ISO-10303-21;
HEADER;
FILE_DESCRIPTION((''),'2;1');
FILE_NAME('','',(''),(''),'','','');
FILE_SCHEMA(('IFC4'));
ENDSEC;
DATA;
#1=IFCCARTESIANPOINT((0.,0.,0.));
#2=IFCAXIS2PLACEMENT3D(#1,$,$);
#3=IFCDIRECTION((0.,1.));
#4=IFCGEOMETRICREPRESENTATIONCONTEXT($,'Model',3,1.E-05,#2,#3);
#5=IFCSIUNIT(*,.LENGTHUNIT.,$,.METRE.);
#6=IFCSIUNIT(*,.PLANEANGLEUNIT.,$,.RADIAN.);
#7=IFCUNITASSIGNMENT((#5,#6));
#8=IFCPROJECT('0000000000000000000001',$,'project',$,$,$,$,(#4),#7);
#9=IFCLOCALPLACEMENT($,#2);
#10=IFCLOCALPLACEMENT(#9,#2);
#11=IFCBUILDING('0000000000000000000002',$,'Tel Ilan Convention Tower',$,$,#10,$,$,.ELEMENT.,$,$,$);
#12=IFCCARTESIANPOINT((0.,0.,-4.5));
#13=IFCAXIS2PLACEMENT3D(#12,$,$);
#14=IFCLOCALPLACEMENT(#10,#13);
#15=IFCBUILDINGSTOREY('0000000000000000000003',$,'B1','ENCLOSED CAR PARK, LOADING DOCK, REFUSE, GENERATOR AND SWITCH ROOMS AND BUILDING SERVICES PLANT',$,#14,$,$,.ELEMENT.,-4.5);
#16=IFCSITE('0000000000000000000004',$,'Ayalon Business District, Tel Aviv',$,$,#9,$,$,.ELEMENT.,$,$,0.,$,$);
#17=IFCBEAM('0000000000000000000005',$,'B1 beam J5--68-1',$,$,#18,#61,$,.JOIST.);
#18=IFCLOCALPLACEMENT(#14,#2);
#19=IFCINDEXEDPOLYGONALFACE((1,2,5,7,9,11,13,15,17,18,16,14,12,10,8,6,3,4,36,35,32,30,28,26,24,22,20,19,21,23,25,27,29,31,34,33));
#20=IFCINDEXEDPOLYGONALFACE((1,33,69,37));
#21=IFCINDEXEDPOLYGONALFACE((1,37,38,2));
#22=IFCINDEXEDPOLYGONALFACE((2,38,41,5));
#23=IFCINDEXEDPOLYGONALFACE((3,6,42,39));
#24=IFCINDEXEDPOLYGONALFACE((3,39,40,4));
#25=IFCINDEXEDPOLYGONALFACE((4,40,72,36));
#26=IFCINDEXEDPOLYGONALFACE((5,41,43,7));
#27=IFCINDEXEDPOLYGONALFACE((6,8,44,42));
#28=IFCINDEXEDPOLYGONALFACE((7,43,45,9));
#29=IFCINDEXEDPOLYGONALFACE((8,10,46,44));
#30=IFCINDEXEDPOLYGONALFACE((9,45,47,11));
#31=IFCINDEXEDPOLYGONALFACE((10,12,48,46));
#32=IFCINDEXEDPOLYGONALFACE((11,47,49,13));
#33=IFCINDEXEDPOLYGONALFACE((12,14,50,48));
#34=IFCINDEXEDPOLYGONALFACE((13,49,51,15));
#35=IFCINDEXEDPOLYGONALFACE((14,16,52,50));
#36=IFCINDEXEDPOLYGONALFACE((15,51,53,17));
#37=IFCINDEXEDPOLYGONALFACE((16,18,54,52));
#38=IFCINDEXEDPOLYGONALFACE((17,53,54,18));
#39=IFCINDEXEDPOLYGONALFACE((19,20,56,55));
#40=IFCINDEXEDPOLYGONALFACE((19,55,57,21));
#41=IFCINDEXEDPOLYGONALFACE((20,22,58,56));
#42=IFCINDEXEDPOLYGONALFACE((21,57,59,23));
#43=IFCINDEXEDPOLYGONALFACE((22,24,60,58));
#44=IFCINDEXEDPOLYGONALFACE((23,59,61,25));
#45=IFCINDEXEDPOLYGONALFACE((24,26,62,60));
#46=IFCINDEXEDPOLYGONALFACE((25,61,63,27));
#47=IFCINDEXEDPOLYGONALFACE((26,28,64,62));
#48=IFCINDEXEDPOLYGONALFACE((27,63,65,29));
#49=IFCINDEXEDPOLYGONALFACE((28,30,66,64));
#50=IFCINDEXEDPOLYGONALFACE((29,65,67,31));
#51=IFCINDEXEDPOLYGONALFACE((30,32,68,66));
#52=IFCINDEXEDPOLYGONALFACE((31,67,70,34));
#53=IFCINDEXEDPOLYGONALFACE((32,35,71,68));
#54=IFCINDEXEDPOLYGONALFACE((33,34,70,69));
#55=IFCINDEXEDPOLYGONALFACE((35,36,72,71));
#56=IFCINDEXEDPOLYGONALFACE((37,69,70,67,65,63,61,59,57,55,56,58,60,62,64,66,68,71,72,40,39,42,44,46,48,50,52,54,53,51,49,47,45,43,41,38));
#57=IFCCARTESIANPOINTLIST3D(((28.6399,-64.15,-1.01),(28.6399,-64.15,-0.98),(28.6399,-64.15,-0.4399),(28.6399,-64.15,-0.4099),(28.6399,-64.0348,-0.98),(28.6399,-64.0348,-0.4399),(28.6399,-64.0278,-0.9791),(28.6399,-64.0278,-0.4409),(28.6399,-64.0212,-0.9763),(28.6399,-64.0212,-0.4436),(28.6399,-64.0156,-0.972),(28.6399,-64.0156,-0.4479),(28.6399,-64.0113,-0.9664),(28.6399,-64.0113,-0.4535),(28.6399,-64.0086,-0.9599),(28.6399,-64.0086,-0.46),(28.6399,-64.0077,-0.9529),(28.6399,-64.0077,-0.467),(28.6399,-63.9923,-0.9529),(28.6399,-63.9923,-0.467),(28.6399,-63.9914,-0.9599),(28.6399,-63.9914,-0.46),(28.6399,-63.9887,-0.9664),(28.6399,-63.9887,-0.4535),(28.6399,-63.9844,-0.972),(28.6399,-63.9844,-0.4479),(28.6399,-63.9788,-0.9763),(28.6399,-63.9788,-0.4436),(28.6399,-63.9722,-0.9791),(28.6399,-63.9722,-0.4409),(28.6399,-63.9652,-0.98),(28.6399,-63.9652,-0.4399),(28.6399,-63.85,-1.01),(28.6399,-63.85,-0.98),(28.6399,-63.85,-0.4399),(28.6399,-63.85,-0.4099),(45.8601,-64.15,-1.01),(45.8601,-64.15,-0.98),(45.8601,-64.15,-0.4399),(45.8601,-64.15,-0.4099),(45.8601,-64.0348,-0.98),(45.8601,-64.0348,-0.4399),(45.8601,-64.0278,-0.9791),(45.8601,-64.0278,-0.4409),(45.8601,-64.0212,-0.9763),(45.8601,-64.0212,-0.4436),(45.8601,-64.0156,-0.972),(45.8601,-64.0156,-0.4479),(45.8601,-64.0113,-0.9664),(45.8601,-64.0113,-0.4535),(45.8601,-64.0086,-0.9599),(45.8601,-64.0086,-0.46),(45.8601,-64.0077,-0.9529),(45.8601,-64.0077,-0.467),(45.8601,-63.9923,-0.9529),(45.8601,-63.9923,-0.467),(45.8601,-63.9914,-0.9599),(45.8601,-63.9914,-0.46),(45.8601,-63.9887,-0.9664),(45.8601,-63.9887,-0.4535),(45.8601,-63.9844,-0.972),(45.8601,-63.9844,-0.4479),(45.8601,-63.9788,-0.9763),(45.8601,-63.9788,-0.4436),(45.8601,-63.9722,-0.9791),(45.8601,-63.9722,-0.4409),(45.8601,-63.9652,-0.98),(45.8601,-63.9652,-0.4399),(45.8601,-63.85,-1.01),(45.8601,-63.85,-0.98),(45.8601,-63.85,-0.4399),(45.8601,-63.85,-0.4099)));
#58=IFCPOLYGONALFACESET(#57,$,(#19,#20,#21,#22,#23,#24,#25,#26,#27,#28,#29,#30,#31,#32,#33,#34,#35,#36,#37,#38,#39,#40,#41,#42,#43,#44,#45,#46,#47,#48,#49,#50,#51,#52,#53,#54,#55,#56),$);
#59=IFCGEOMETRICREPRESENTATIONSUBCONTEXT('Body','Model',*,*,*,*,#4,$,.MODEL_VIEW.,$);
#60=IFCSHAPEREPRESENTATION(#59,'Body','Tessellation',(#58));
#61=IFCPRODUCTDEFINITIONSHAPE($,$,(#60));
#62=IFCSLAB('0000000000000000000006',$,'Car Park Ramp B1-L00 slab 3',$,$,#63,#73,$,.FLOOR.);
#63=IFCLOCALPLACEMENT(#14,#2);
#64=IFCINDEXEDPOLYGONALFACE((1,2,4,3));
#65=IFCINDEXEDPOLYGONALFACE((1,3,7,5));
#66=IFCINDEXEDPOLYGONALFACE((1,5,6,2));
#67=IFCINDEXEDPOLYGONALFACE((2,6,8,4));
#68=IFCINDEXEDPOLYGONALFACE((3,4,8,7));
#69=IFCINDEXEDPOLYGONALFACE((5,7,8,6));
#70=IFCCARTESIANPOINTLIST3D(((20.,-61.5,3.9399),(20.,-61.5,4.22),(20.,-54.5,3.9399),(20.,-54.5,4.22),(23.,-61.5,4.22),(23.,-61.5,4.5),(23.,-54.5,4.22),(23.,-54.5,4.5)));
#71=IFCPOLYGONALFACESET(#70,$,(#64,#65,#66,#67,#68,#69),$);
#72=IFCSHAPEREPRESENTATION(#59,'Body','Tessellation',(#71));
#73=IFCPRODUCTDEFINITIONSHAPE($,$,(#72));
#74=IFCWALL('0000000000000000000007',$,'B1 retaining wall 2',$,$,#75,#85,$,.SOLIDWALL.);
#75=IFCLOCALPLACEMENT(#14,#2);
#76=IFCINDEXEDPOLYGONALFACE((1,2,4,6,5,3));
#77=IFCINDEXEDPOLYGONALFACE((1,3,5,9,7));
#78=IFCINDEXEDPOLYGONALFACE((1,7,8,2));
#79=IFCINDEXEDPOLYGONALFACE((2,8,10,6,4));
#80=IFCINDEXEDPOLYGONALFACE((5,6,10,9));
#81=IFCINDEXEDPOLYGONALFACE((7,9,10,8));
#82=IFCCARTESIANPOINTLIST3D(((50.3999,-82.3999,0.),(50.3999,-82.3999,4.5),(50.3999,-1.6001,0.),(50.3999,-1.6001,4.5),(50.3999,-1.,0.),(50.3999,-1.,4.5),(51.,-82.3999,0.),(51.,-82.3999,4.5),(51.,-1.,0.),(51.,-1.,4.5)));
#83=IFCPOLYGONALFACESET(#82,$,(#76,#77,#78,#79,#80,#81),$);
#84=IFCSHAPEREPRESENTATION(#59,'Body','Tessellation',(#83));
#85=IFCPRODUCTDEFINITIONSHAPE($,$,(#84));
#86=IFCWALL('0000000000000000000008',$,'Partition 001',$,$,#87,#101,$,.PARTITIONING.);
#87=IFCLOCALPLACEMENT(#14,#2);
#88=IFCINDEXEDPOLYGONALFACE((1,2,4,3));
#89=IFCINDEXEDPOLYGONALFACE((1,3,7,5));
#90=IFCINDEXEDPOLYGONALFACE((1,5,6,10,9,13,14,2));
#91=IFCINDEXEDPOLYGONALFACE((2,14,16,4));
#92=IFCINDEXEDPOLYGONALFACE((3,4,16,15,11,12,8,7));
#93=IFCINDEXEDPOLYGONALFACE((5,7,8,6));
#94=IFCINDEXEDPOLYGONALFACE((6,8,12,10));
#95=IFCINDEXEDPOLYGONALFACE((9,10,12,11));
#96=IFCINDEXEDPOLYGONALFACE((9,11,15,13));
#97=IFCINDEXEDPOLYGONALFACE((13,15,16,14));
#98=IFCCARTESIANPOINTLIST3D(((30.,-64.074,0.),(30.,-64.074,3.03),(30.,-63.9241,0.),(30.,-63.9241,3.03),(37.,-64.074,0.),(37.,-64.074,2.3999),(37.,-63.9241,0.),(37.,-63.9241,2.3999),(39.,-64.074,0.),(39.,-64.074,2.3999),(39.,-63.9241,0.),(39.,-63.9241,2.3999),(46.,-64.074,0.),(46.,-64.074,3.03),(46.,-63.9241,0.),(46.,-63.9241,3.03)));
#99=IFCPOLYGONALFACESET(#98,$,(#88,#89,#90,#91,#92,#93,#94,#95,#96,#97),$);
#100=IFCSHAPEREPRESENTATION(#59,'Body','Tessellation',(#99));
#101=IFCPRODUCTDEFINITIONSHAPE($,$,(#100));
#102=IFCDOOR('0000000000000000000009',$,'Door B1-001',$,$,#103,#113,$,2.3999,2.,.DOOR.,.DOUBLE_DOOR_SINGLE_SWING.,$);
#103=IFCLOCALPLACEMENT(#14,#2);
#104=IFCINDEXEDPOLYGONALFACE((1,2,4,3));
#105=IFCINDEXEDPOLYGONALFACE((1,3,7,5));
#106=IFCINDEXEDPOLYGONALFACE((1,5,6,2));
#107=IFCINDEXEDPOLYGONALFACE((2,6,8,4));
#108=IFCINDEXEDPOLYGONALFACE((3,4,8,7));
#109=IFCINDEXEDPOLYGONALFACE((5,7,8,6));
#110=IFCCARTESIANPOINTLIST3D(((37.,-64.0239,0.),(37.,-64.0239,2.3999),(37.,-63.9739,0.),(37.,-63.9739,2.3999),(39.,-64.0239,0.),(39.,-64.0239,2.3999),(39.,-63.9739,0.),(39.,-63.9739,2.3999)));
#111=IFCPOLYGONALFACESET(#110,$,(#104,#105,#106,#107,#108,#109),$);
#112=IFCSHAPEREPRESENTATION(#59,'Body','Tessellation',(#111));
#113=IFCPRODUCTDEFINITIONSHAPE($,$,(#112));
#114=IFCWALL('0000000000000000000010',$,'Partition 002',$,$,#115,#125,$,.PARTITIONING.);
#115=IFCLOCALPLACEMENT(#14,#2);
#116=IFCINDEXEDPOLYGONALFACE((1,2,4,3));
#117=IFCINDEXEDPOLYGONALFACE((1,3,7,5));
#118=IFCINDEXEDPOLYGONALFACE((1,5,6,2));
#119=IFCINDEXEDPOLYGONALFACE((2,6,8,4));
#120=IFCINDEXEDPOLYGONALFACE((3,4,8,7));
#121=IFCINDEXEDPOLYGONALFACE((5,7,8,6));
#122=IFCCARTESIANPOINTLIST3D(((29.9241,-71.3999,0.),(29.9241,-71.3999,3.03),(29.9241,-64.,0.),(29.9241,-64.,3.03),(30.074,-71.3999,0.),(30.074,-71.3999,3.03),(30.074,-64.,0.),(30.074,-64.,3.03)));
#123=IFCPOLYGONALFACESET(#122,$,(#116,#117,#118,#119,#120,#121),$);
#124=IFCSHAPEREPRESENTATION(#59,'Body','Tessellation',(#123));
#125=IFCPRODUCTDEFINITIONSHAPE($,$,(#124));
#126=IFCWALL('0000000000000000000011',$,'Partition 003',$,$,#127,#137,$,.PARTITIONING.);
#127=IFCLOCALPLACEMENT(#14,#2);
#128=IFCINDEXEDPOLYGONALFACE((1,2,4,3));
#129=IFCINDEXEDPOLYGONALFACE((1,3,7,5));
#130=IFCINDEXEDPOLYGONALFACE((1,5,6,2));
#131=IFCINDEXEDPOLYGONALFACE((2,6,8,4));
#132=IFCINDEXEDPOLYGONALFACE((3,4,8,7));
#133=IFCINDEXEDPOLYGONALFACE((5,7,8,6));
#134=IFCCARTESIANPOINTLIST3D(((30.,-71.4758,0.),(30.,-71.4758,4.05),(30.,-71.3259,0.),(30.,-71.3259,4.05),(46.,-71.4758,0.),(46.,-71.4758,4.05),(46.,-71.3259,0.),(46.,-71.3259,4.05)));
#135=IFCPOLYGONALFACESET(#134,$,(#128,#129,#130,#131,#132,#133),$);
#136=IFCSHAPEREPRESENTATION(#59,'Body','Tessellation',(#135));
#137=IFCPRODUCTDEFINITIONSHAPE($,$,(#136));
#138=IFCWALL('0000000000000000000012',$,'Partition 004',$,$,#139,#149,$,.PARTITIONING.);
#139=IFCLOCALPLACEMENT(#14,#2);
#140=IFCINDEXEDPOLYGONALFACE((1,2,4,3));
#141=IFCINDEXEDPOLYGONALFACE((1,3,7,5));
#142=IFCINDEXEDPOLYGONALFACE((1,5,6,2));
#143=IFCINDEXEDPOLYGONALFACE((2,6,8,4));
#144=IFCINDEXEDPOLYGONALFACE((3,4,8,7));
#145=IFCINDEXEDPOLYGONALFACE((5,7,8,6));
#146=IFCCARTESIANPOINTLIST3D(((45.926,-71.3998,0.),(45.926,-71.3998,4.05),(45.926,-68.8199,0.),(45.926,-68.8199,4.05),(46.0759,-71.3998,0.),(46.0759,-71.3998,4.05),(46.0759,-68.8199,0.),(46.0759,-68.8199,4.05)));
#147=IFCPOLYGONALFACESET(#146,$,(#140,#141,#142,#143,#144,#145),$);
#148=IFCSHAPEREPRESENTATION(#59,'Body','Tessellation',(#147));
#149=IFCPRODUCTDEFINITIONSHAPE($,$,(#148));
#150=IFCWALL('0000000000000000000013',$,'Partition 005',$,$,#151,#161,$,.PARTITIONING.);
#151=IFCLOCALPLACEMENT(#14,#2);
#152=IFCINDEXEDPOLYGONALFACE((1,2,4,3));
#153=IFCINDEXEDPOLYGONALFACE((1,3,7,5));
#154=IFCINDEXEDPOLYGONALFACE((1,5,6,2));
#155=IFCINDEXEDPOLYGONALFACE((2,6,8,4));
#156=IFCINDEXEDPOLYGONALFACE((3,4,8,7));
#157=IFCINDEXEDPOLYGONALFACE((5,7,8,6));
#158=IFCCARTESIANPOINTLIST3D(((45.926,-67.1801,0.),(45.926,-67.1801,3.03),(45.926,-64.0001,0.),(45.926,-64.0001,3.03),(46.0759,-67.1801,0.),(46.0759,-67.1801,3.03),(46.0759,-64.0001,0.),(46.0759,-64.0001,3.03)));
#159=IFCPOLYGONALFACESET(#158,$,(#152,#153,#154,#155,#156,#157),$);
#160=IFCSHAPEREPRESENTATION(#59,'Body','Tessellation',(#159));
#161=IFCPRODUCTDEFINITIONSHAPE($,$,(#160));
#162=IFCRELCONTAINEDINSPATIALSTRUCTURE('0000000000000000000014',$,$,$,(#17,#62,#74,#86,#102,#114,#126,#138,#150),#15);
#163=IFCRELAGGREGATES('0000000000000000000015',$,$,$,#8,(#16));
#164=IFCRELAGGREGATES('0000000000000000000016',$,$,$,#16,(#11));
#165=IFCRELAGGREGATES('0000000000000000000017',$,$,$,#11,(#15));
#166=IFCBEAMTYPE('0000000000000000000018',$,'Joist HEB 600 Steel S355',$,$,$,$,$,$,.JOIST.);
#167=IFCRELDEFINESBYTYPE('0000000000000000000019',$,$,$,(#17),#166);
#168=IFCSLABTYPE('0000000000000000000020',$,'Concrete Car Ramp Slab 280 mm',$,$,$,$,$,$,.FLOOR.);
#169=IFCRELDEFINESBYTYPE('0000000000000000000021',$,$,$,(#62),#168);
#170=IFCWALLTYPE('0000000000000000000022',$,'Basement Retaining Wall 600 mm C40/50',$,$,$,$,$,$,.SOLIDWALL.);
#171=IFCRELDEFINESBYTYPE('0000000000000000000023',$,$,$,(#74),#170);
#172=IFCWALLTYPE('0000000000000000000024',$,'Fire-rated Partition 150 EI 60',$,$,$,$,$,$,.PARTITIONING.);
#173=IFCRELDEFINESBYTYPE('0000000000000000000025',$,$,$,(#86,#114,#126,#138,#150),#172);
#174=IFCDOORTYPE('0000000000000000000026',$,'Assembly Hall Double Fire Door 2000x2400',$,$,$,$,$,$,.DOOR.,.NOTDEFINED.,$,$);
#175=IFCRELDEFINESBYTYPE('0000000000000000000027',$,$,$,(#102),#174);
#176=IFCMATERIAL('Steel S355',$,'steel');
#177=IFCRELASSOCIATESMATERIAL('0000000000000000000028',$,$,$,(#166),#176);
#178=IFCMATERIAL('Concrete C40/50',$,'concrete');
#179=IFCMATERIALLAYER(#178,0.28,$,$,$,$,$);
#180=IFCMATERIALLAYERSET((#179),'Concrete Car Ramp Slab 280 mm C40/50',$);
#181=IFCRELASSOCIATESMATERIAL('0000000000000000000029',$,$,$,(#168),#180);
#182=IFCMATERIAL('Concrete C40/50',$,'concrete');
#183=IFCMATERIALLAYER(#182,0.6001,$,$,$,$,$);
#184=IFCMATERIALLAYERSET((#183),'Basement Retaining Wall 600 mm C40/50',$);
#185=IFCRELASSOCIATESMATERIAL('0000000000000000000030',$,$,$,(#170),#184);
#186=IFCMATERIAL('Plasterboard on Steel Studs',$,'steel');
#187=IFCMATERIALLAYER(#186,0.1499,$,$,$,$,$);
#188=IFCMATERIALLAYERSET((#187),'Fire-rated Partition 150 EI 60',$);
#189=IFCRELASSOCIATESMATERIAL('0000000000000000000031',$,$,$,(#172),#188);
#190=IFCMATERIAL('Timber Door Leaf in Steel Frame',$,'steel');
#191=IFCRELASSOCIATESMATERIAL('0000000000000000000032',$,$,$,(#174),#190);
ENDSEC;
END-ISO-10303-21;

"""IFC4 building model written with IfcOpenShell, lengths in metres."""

from ifc_helpers import new_model, si_unit, direction, frame, frame_2d, origin, origin_2d, place, context, subcontext, project, spatial, polyline, rectangle, i_section, outline, extrude, material, layer, layer_set, material_profile, profile_set, type_object, element, fill, save


model = new_model("IFC4")

# Units and contexts
model_context = context("Model", 3, precision=1e-05, world=origin(), true_north=direction((0.0, 1.0)))
body_context = subcontext(model_context, "Body", "Model", "MODEL_VIEW")
ifc_project = project(units=[si_unit("LENGTHUNIT", "METRE"), si_unit("PLANEANGLEUNIT", "RADIAN")], contexts=[model_context])

# Site, building, storey
site_placement = place(None, origin())
site = spatial("IfcSite", under=ifc_project, at=site_placement, Name="Ayalon Business District, Tel Aviv", CompositionType="ELEMENT", RefElevation=0.0)
building_placement = place(site_placement, origin())
building = spatial("IfcBuilding", under=site, at=building_placement, Name="Tel Ilan Convention Tower", CompositionType="ELEMENT")
storey_placement = place(building_placement, frame((0.0, 0.0, -4.5)))
storey = spatial("IfcBuildingStorey", under=building, at=storey_placement, Name="B1", Description="ENCLOSED CAR PARK, LOADING DOCK, REFUSE, GENERATOR AND SWITCH ROOMS AND BUILDING SERVICES PLANT", CompositionType="ELEMENT", Elevation=-4.5)

# Beam
ifc_material_1 = material(Name="Steel S355", Category="steel")
ifc_material_profile_1 = material_profile(ifc_material_1, i_section(OverallWidth=0.3, OverallDepth=0.6001, WebThickness=0.0154, FlangeThickness=0.03, FilletRadius=0.0271, at=origin_2d()), Name="HEB 600")
ifc_profile_set_1 = profile_set([ifc_material_profile_1], Name="Steel S355")
beam_type_1 = type_object("IfcBeamType", Name="Joist HEB 600 Steel S355", PredefinedType="JOIST", material=ifc_profile_set_1)
beam_1_placement = place(storey_placement, frame((28.6399, -64.0, -0.71), z_axis=(1.0, 0.0, 0.0), x_axis=(0.0, 1.0, 0.0)))
element("IfcBeam", 1, at=beam_1_placement, inside=storey, type_object=beam_type_1, Name="B1 beam J5--68-1", PredefinedType="JOIST", context=body_context, shape_type="SweptSolid", body=[
    extrude(i_section(OverallWidth=0.3, OverallDepth=0.6001, WebThickness=0.0154, FlangeThickness=0.03, FilletRadius=0.0271, at=origin_2d()), origin(), (0.0, 0.0, 1.0), 17.2202),
])

# Slab
ifc_material_2 = material(Name="Concrete C40/50", Category="concrete")
ifc_layer_1 = layer(ifc_material_2, 0.28)
ifc_layer_set_1 = layer_set([ifc_layer_1], Name="Concrete Car Ramp Slab 280 mm C40/50")
slab_type = type_object("IfcSlabType", Name="Concrete Car Ramp Slab 280 mm", PredefinedType="FLOOR", material=ifc_layer_set_1)
slab_placement = place(storey_placement, frame((20.0, -61.5, 4.22), z_axis=(-0.092939, 0.0, 0.995672), x_axis=(0.995672, 0.0, 0.092939)))
element("IfcSlab", 2, at=slab_placement, inside=storey, type_object=slab_type, Name="Car Park Ramp B1-L00 slab 3", PredefinedType="FLOOR", context=body_context, shape_type="SweptSolid", body=[
    extrude(outline(polyline([(0.0, 0.0), (3.013, 0.0), (3.013, 7.0), (0.0, 7.0), (0.0, 0.0)])), origin(), (-0.092939, 0.0, -0.995672), 0.28),
])

# Wall
ifc_material_3 = material(Name="Concrete C40/50", Category="concrete")
ifc_layer_2 = layer(ifc_material_3, 0.6001)
ifc_layer_set_2 = layer_set([ifc_layer_2], Name="Basement Retaining Wall 600 mm C40/50")
wall_type_1 = type_object("IfcWallType", Name="Basement Retaining Wall 600 mm C40/50", PredefinedType="SOLIDWALL", material=ifc_layer_set_2)
wall_1_placement = place(storey_placement, frame((50.7, -83.0, 0.0), z_axis=(0.0, 0.0, 1.0), x_axis=(0.0, 1.0, 0.0)))
element("IfcWall", 3, at=wall_1_placement, inside=storey, type_object=wall_type_1, Name="B1 retaining wall 2", PredefinedType="SOLIDWALL", context=body_context, shape_type="SweptSolid", body=[
    extrude(outline(polyline([(0.6001, -0.3), (0.6001, 0.3), (81.3999, 0.3), (82.0, 0.3), (82.0, -0.3), (0.6001, -0.3)])), origin(), (0.0, 0.0, 1.0), 4.5),
])

# Wall, opening, door
ifc_material_4 = material(Name="Plasterboard on Steel Studs", Category="steel")
ifc_layer_3 = layer(ifc_material_4, 0.1499)
ifc_layer_set_3 = layer_set([ifc_layer_3], Name="Fire-rated Partition 150 EI 60")
wall_type_2 = type_object("IfcWallType", Name="Fire-rated Partition 150 EI 60", PredefinedType="PARTITIONING", material=ifc_layer_set_3)
wall_2_placement = place(storey_placement, frame((46.0, -63.999, 0.0), z_axis=(0.0, 0.0, 1.0), x_axis=(-1.0, 0.0, 0.0)))
wall_2 = element("IfcWall", 4, at=wall_2_placement, inside=storey, type_object=wall_type_2, Name="Partition 001", PredefinedType="PARTITIONING", context=body_context, shape_type="SweptSolid", body=[
    extrude(rectangle(XDim=16.0, YDim=0.1499, at=frame_2d((8.0, 0.0))), origin(), (0.0, 0.0, 1.0), 3.03),
])
opening_1_placement = place(wall_2_placement, frame((7.0, 0.0, 0.0)))
opening_1 = element("IfcOpeningElement", 5, at=opening_1_placement, cuts=wall_2, PredefinedType="OPENING", context=body_context, shape_type="SweptSolid", body=[
    extrude(rectangle(XDim=2.0, YDim=2.3999, at=frame_2d((1.0, 1.2))), frame((0.0, 0.085, 0.0), z_axis=(0.0, -1.0, 0.0), x_axis=(1.0, 0.0, 0.0)), (0.0, 0.0, 1.0), 0.1699),
])
ifc_material_5 = material(Name="Timber Door Leaf in Steel Frame", Category="steel")
door_type_1 = type_object("IfcDoorType", Name="Assembly Hall Double Fire Door 2000x2400", OperationType="NOTDEFINED", PredefinedType="DOOR", material=ifc_material_5)
door_1_placement = place(opening_1_placement, origin())
door_1 = element("IfcDoor", 6, at=door_1_placement, inside=storey, type_object=door_type_1, Name="Door B1-001", OperationType="DOUBLE_DOOR_SINGLE_SWING", OverallHeight=2.3999, OverallWidth=2.0, PredefinedType="DOOR", context=body_context, shape_type="SweptSolid", body=[
    extrude(rectangle(XDim=2.0, YDim=2.3999, at=frame_2d((1.0, 1.2))), frame((0.0, 0.0249, 0.0), z_axis=(0.0, -1.0, 0.0), x_axis=(1.0, 0.0, 0.0)), (0.0, 0.0, 1.0), 0.05),
])
fill(opening_1, door_1)

# Walls
wall_3_placement = place(storey_placement, frame((29.999, -64.0, 0.0), z_axis=(0.0, 0.0, 1.0), x_axis=(0.0, -1.0, 0.0)))
element("IfcWall", 7, at=wall_3_placement, inside=storey, type_object=wall_type_2, Name="Partition 002", PredefinedType="PARTITIONING", context=body_context, shape_type="SweptSolid", body=[
    extrude(rectangle(XDim=7.3999, YDim=0.1499, at=frame_2d((3.7, 0.0))), origin(), (0.0, 0.0, 1.0), 3.03),
])
wall_4_placement = place(storey_placement, frame((30.0, -71.4009, 0.0), z_axis=(0.0, 0.0, 1.0), x_axis=(1.0, 0.0, 0.0)))
element("IfcWall", 8, at=wall_4_placement, inside=storey, type_object=wall_type_2, Name="Partition 003", PredefinedType="PARTITIONING", context=body_context, shape_type="SweptSolid", body=[
    extrude(rectangle(XDim=16.0, YDim=0.1499, at=frame_2d((8.0, 0.0))), origin(), (0.0, 0.0, 1.0), 4.05),
])
wall_5_placement = place(storey_placement, frame((46.001, -71.3999, 0.0), z_axis=(0.0, 0.0, 1.0), x_axis=(0.0, 1.0, 0.0)))
element("IfcWall", 9, at=wall_5_placement, inside=storey, type_object=wall_type_2, Name="Partition 004", PredefinedType="PARTITIONING", context=body_context, shape_type="SweptSolid", body=[
    extrude(rectangle(XDim=2.5798, YDim=0.1499, at=frame_2d((1.29, 0.0))), origin(), (0.0, 0.0, 1.0), 4.05),
])
wall_6_placement = place(storey_placement, frame((46.001, -67.1799, 0.0), z_axis=(0.0, 0.0, 1.0), x_axis=(0.0, 1.0, 0.0)))
element("IfcWall", 10, at=wall_6_placement, inside=storey, type_object=wall_type_2, Name="Partition 005", PredefinedType="PARTITIONING", context=body_context, shape_type="SweptSolid", body=[
    extrude(rectangle(XDim=3.1799, YDim=0.1499, at=frame_2d((1.5898, 0.0))), origin(), (0.0, 0.0, 1.0), 3.03),
])

save(model, "model.ifc")
